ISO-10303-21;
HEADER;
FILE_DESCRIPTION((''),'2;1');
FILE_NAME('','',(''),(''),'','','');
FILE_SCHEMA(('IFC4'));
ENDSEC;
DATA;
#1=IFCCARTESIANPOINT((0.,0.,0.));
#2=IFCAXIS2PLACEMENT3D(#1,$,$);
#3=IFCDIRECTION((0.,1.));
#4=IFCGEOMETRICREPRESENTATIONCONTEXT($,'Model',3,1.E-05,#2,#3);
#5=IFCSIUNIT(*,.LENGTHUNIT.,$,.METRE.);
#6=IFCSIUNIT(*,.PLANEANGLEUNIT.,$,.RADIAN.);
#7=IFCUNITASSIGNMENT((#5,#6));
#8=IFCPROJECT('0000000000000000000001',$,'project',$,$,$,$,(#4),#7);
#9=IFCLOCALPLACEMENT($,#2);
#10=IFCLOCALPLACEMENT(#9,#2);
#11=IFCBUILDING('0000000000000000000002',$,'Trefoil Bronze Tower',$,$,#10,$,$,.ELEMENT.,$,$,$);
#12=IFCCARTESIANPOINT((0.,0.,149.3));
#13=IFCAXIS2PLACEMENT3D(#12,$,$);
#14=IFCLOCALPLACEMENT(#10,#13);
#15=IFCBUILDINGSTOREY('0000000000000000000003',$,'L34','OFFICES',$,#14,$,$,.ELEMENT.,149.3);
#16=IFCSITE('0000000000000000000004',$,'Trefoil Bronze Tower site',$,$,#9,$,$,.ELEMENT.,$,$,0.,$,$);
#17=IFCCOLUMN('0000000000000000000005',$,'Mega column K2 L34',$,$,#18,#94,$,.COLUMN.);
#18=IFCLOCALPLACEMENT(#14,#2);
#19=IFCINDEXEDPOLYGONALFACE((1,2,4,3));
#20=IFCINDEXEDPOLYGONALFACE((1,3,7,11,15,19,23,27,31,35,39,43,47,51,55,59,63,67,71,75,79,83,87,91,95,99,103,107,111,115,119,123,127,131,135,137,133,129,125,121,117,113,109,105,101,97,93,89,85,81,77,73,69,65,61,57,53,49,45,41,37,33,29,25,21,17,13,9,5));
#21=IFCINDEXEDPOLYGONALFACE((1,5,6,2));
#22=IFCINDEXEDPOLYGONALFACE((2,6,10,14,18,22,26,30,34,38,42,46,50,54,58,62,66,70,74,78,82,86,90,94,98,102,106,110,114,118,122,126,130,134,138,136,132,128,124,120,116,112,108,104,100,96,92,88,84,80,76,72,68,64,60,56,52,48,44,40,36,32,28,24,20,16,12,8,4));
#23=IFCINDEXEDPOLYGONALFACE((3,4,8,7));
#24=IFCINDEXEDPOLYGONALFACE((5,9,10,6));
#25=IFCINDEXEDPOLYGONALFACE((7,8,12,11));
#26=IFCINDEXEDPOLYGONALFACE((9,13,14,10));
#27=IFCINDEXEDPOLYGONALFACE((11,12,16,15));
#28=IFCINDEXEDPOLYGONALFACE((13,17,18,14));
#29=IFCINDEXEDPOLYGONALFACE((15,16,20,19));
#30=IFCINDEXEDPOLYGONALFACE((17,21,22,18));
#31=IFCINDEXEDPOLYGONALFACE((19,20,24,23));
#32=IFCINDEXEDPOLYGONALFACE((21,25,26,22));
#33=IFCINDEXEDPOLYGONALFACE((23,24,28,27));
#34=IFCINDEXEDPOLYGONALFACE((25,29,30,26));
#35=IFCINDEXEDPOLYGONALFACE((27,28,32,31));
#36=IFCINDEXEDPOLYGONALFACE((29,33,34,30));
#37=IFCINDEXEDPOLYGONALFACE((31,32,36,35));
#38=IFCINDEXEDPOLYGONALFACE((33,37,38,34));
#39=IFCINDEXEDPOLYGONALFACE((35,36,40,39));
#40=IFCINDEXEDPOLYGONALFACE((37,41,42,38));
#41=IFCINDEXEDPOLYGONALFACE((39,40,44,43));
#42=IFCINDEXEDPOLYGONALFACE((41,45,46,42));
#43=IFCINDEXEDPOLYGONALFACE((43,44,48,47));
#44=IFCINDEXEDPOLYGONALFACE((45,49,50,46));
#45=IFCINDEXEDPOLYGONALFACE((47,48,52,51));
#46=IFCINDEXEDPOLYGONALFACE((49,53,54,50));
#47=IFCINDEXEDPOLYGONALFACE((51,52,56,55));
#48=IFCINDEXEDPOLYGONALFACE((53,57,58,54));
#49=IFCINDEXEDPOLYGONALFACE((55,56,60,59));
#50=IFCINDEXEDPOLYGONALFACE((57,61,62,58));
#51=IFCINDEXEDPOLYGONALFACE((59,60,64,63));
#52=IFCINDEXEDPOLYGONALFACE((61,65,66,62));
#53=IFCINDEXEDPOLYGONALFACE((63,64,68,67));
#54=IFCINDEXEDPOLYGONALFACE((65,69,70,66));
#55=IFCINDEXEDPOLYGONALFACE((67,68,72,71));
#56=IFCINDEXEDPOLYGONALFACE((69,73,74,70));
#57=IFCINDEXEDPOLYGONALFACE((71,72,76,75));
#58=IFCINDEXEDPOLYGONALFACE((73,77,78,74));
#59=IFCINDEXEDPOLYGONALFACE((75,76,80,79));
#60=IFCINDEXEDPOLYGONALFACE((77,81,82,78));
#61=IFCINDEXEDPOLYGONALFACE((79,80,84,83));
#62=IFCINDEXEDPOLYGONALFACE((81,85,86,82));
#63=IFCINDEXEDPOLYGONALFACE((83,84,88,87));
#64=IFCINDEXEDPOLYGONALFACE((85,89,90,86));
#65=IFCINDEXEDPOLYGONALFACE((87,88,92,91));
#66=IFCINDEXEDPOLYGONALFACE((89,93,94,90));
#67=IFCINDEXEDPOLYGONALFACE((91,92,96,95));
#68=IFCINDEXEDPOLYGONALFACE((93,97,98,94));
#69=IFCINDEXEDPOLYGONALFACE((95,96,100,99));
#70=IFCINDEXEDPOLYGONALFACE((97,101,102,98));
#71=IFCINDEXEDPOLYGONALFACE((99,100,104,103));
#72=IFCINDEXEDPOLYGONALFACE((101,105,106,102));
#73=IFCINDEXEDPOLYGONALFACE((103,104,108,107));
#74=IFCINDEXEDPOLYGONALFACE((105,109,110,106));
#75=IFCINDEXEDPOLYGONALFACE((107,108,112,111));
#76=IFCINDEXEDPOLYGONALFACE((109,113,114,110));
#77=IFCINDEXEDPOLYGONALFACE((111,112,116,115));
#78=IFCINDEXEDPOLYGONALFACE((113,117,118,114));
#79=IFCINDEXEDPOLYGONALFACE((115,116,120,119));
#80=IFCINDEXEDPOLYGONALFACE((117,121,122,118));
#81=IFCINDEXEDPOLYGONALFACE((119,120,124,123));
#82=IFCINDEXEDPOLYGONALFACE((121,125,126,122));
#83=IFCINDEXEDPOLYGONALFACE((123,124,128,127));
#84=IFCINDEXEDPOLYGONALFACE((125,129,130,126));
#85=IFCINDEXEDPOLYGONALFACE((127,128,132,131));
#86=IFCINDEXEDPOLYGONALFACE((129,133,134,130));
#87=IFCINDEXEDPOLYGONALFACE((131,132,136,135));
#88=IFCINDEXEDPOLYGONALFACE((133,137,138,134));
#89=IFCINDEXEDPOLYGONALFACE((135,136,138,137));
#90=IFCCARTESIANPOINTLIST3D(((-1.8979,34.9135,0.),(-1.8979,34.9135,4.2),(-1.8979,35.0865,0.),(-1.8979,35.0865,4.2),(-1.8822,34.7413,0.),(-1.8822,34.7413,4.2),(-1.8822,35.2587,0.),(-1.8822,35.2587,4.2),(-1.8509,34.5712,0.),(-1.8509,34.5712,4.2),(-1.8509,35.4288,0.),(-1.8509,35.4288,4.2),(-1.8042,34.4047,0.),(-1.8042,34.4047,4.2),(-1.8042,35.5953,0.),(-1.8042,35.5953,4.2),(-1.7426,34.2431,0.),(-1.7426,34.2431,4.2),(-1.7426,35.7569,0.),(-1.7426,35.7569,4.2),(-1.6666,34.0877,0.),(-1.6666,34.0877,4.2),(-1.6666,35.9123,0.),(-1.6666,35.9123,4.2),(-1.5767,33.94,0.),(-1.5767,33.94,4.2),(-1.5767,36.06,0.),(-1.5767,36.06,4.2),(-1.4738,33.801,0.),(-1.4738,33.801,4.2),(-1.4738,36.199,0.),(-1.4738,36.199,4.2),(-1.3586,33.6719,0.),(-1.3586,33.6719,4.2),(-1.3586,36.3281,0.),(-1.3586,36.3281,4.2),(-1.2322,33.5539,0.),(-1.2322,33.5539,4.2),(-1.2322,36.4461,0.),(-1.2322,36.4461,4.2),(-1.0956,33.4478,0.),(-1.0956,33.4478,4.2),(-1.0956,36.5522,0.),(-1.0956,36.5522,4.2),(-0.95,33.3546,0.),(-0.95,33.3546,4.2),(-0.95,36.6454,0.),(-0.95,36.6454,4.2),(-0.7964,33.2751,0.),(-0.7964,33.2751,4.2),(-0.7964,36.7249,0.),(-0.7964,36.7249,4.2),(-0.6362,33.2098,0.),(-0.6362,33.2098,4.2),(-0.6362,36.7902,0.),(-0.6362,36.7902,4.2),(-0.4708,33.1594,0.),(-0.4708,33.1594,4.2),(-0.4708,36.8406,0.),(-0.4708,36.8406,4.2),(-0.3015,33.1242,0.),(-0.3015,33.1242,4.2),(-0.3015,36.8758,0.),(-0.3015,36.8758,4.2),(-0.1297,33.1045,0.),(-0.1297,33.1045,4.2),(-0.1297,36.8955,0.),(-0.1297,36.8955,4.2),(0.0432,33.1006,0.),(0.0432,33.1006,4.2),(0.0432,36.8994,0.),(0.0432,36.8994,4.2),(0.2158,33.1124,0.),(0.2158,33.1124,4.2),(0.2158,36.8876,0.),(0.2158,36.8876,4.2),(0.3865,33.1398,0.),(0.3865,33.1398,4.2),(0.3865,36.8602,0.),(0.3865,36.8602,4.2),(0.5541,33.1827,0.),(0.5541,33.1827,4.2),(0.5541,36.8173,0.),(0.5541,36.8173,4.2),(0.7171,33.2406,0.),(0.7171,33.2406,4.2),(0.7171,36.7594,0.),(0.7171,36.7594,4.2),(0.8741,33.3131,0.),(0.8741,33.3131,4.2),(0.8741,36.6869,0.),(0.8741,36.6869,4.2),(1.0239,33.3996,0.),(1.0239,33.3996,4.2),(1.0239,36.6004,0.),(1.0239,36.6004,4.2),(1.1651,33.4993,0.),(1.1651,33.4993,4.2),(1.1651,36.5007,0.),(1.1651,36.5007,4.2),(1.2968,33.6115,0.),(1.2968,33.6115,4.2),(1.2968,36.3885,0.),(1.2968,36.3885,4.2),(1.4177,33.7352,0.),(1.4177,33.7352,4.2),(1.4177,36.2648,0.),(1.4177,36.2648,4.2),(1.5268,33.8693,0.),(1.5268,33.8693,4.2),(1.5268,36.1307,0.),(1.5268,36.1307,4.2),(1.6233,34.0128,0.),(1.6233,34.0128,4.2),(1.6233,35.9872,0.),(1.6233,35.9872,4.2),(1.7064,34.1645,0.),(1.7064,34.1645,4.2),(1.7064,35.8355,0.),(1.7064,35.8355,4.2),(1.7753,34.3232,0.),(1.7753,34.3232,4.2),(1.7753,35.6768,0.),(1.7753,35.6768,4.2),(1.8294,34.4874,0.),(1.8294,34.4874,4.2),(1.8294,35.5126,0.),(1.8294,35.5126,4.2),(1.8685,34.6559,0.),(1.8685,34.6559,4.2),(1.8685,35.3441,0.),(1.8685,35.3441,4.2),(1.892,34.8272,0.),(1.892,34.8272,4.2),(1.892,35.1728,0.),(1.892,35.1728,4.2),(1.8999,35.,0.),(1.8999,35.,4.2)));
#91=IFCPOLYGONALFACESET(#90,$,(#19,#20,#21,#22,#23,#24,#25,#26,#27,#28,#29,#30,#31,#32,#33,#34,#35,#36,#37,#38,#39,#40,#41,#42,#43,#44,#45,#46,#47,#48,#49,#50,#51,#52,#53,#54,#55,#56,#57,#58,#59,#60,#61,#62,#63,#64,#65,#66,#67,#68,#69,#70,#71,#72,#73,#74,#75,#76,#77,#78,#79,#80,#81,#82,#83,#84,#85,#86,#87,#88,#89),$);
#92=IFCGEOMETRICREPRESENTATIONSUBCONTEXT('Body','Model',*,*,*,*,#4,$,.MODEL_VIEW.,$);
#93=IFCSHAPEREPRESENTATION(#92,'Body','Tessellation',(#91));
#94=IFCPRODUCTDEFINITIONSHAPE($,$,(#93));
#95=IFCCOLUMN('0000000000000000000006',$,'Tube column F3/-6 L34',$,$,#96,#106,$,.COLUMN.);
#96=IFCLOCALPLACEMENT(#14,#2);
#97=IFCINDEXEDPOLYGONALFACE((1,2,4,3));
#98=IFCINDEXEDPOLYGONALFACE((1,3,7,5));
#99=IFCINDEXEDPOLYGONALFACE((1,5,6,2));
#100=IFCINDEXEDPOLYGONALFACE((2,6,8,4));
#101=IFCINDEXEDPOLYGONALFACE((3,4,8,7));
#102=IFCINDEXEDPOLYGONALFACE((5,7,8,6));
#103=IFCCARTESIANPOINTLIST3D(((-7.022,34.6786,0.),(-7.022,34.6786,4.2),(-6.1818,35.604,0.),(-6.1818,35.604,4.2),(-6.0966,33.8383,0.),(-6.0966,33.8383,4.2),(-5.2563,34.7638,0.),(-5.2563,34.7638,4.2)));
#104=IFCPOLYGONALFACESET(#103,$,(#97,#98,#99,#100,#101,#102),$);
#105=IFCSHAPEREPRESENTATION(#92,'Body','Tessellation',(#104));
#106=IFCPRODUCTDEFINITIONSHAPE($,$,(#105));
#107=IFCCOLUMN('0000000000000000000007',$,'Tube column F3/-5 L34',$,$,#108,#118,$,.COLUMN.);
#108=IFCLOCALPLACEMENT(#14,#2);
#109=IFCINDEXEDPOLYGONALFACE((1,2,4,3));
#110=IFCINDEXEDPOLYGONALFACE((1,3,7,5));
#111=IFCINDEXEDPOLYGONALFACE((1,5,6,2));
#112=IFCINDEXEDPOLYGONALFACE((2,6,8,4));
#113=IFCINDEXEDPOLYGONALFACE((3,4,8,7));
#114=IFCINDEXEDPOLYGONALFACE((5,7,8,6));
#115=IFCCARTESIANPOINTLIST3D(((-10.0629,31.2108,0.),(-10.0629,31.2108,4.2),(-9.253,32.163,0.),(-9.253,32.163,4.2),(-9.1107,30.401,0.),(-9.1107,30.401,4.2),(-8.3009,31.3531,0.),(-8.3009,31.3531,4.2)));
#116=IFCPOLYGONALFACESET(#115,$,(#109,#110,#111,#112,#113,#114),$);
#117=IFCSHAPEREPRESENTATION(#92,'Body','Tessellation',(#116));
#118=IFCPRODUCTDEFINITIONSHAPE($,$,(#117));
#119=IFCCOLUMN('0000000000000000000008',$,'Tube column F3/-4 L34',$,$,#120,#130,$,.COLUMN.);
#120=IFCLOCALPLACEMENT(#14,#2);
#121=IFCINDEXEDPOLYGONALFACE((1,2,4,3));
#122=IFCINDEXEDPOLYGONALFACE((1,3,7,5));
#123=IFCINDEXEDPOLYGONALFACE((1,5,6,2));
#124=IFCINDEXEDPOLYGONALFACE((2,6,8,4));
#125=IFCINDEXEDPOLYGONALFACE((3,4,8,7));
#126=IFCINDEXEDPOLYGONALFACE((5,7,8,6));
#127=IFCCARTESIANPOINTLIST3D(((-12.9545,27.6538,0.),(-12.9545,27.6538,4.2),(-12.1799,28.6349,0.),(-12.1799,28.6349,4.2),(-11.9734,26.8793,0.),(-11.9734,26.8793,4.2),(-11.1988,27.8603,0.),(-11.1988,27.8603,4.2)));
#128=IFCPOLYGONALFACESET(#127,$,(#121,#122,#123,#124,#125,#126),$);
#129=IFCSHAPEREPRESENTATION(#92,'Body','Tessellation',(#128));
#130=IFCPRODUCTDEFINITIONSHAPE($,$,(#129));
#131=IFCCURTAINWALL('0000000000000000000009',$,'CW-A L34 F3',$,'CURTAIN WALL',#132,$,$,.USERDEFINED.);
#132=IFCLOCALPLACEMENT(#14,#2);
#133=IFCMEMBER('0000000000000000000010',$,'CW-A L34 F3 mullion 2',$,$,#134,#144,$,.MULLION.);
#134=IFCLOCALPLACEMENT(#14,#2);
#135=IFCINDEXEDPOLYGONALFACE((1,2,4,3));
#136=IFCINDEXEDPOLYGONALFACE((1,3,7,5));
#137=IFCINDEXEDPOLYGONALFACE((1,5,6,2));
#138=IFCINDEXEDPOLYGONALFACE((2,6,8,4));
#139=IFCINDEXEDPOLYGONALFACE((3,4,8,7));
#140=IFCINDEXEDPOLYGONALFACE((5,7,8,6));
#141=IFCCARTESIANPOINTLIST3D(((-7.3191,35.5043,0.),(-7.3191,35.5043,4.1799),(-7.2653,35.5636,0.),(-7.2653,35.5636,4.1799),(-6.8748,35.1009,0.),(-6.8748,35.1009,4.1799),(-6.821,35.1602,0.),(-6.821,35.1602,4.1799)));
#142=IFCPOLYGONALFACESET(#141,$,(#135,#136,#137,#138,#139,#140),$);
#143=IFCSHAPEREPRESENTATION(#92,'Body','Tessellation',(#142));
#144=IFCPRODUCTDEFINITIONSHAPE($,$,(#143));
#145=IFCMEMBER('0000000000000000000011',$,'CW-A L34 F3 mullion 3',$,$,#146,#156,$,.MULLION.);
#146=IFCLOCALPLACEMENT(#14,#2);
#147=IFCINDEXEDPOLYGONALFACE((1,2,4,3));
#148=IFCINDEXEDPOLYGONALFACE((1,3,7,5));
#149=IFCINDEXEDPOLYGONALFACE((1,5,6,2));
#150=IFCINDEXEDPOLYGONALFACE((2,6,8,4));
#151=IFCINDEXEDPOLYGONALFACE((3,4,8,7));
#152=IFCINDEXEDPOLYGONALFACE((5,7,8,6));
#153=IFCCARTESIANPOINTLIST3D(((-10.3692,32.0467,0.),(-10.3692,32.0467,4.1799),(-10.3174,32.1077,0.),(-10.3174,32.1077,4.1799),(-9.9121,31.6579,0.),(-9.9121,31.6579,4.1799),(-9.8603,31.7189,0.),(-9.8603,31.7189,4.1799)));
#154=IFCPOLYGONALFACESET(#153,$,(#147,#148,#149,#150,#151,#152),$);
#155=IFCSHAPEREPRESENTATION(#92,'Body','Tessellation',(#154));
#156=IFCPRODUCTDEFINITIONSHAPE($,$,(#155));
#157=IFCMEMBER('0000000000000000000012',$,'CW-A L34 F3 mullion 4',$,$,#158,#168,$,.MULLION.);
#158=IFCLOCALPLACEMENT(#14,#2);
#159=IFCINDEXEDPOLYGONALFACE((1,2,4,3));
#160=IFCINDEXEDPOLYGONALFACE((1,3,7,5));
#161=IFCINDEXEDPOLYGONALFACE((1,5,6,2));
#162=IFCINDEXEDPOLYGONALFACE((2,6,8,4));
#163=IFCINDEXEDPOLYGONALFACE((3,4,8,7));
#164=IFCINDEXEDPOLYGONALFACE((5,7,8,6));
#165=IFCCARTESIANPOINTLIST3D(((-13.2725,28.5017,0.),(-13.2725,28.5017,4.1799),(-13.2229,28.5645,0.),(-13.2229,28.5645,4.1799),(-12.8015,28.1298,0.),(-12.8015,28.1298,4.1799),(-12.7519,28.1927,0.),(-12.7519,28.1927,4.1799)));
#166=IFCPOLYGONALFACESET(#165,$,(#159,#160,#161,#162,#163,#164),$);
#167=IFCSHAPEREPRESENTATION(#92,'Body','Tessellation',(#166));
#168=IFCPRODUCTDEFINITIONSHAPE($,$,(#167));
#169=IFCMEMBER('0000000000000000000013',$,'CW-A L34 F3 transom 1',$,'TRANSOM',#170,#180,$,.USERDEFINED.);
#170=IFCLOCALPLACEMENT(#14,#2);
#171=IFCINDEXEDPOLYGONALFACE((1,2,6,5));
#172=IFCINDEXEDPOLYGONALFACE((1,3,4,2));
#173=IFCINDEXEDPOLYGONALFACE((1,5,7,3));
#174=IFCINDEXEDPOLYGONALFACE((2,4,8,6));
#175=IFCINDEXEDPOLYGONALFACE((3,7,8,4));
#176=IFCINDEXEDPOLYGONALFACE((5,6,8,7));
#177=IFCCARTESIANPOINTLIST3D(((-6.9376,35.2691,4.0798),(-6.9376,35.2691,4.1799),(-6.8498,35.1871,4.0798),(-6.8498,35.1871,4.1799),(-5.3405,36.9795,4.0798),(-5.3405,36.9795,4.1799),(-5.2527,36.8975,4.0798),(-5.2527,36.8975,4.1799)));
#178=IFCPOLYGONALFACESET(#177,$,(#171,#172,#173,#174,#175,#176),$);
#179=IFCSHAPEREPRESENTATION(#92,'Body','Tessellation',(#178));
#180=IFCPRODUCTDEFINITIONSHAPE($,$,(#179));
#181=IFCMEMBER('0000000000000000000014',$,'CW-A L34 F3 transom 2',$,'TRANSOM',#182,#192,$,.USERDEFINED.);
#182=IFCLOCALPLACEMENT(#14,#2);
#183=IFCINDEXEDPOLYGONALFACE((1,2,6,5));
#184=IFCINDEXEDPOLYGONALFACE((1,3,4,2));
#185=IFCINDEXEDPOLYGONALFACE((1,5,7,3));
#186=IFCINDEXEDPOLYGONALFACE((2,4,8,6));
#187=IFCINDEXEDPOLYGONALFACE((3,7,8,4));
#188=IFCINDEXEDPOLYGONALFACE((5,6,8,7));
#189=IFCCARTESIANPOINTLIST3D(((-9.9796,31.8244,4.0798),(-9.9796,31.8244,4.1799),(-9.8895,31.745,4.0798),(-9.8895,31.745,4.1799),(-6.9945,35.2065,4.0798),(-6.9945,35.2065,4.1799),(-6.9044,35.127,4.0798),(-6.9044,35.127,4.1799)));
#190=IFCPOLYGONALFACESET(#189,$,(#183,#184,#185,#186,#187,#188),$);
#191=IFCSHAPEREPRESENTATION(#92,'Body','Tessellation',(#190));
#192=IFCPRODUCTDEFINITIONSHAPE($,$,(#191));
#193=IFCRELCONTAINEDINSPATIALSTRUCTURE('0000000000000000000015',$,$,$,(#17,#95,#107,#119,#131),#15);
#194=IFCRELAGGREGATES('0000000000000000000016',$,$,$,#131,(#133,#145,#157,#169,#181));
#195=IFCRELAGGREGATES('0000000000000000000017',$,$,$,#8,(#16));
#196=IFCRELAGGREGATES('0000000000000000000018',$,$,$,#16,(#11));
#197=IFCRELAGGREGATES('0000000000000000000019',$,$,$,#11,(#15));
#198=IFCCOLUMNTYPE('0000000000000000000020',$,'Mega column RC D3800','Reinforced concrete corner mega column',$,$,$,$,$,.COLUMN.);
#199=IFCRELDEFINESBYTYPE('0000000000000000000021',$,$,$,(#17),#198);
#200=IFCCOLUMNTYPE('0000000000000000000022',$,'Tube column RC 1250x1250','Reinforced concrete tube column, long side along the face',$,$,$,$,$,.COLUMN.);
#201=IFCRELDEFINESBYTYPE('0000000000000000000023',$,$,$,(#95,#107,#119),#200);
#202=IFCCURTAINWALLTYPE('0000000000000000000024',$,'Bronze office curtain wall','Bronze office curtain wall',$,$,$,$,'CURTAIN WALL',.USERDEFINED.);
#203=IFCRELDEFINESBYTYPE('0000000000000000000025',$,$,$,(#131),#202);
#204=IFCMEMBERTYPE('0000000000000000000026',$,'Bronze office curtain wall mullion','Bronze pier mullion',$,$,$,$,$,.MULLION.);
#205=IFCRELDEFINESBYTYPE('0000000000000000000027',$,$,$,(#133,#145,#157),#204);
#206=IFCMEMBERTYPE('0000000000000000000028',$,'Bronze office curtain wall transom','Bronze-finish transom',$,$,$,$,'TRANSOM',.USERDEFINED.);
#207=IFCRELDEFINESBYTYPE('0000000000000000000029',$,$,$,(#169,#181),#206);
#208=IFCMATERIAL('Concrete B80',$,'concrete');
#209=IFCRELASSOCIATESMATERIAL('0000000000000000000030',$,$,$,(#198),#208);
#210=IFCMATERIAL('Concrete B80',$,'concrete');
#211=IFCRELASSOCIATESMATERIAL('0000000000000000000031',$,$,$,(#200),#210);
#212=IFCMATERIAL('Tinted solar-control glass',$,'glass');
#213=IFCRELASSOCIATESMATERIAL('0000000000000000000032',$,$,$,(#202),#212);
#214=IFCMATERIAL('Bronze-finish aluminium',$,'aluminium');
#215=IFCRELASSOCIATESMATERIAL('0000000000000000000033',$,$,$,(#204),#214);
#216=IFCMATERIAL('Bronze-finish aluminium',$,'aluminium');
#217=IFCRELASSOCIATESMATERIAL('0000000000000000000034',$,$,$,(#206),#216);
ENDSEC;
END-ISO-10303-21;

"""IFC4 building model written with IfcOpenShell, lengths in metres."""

from ifc_helpers import new_model, si_unit, direction, frame, origin, origin_2d, place, context, subcontext, project, spatial, rectangle, circle, extrude, material, material_profile, profile_set, type_object, element, aggregate, save


model = new_model("IFC4")

# Units and contexts
model_context = context("Model", 3, precision=1e-05, world=origin(), true_north=direction((0.0, 1.0)))
body_context = subcontext(model_context, "Body", "Model", "MODEL_VIEW")
ifc_project = project(units=[si_unit("LENGTHUNIT", "METRE"), si_unit("PLANEANGLEUNIT", "RADIAN")], contexts=[model_context])

# Site, building, storey
site_placement = place(None, origin())
site = spatial("IfcSite", under=ifc_project, at=site_placement, Name="Trefoil Bronze Tower site", CompositionType="ELEMENT", RefElevation=0.0)
building_placement = place(site_placement, origin())
building = spatial("IfcBuilding", under=site, at=building_placement, Name="Trefoil Bronze Tower", CompositionType="ELEMENT")
storey_placement = place(building_placement, frame((0.0, 0.0, 149.3)))
storey = spatial("IfcBuildingStorey", under=building, at=storey_placement, Name="L34", Description="OFFICES", CompositionType="ELEMENT", Elevation=149.3)

# Columns
ifc_material_1 = material(Name="Concrete B80", Category="concrete")
ifc_material_profile_1 = material_profile(ifc_material_1, circle(Radius=1.8999, at=origin_2d()), Name="RC D3800")
ifc_profile_set_1 = profile_set([ifc_material_profile_1], Name="Concrete B80")
column_type_1 = type_object("IfcColumnType", Name="Mega column RC D3800", Description="Reinforced concrete corner mega column", PredefinedType="COLUMN", material=ifc_profile_set_1)
column_placement = place(storey_placement, frame((0.0, 35.0, 0.0), z_axis=(0.0, 0.0, 1.0), x_axis=(1.0, 0.0, 0.0)))
element("IfcColumn", 1, at=column_placement, inside=storey, type_object=column_type_1, Name="Mega column K2 L34", PredefinedType="COLUMN", context=body_context, shape_type="SweptSolid", body=[
    extrude(circle(Radius=1.8999, at=origin_2d()), origin(), (0.0, 0.0, 1.0), 4.2),
])
ifc_material_2 = material(Name="Concrete B80", Category="concrete")
ifc_material_profile_2 = material_profile(ifc_material_2, rectangle(XDim=1.25, YDim=1.25, at=origin_2d()), Name="RC 1250x1250")
ifc_profile_set_2 = profile_set([ifc_material_profile_2], Name="Concrete B80")
column_type_2 = type_object("IfcColumnType", Name="Tube column RC 1250x1250", Description="Reinforced concrete tube column, long side along the face", PredefinedType="COLUMN", material=ifc_profile_set_2)
for number, where, z_axis, x_axis, name in (
    (2, (-6.1392, 34.7212, 0.0), (0.0, 0.0, 1.0), (-0.67221, -0.740361, 0.0), "Tube column F3/-6 L34"),
    (3, (-9.1819, 31.282, 0.0), (0.0, 0.0, 1.0), (-0.647904, -0.761722, 0.0), "Tube column F3/-5 L34"),
    (4, (-12.0767, 27.7571, 0.0), (0.0, 0.0, 1.0), (-0.619649, -0.784879, 0.0), "Tube column F3/-4 L34"),
):
    element("IfcColumn", number, at=place(storey_placement, frame(where, z_axis=z_axis, x_axis=x_axis)), inside=storey, type_object=column_type_2, Name=name, PredefinedType="COLUMN", context=body_context, shape_type="SweptSolid", body=[
        extrude(rectangle(XDim=1.25, YDim=1.25, at=origin_2d()), origin(), (0.0, 0.0, 1.0), 4.2),
    ])

# Curtain wall, members
ifc_material_3 = material(Name="Tinted solar-control glass", Category="glass")
curtain_wall_type_1 = type_object("IfcCurtainWallType", Name="Bronze office curtain wall", Description="Bronze office curtain wall", ElementType="CURTAIN WALL", PredefinedType="USERDEFINED", material=ifc_material_3)
curtain_wall_1_placement = place(storey_placement, origin())
curtain_wall_1 = element("IfcCurtainWall", 5, at=curtain_wall_1_placement, inside=storey, type_object=curtain_wall_type_1, Name="CW-A L34 F3", ObjectType="CURTAIN WALL", PredefinedType="USERDEFINED")
ifc_material_4 = material(Name="Bronze-finish aluminium", Category="aluminium")
ifc_material_profile_3 = material_profile(ifc_material_4, rectangle(XDim=0.6001, YDim=0.0801, at=origin_2d()), Name="CW-A mullion")
ifc_profile_set_3 = profile_set([ifc_material_profile_3], Name="Bronze-finish aluminium")
member_type_1 = type_object("IfcMemberType", Name="Bronze office curtain wall mullion", Description="Bronze pier mullion", PredefinedType="MULLION", material=ifc_profile_set_3)
member_1_placement = place(storey_placement, frame((-7.0701, 35.3323, 0.0), z_axis=(0.0, 0.0, 1.0), x_axis=(0.740361, -0.67221, 0.0)))
member_1 = element("IfcMember", 6, at=member_1_placement, type_object=member_type_1, Name="CW-A L34 F3 mullion 2", PredefinedType="MULLION", context=body_context, shape_type="SweptSolid", body=[
    extrude(rectangle(XDim=0.6001, YDim=0.0801, at=origin_2d()), origin(), (0.0, 0.0, 1.0), 4.1799),
])
member_2_placement = place(storey_placement, frame((-10.1147, 31.8828, 0.0), z_axis=(0.0, 0.0, 1.0), x_axis=(0.761722, -0.647904, 0.0)))
member_2 = element("IfcMember", 7, at=member_2_placement, type_object=member_type_1, Name="CW-A L34 F3 mullion 3", PredefinedType="MULLION", context=body_context, shape_type="SweptSolid", body=[
    extrude(rectangle(XDim=0.6001, YDim=0.0801, at=origin_2d()), origin(), (0.0, 0.0, 1.0), 4.1799),
])
member_3_placement = place(storey_placement, frame((-13.0122, 28.3472, 0.0), z_axis=(0.0, 0.0, 1.0), x_axis=(0.784879, -0.619649, 0.0)))
member_3 = element("IfcMember", 8, at=member_3_placement, type_object=member_type_1, Name="CW-A L34 F3 mullion 4", PredefinedType="MULLION", context=body_context, shape_type="SweptSolid", body=[
    extrude(rectangle(XDim=0.6001, YDim=0.0801, at=origin_2d()), origin(), (0.0, 0.0, 1.0), 4.1799),
])
ifc_material_5 = material(Name="Bronze-finish aluminium", Category="aluminium")
ifc_material_profile_4 = material_profile(ifc_material_5, rectangle(XDim=0.1201, YDim=0.1001, at=origin_2d()), Name="CW-A transom")
ifc_profile_set_4 = profile_set([ifc_material_profile_4], Name="Bronze-finish aluminium")
member_type_2 = type_object("IfcMemberType", Name="Bronze office curtain wall transom", Description="Bronze-finish transom", ElementType="TRANSOM", PredefinedType="USERDEFINED", material=ifc_profile_set_4)
member_4_placement = place(storey_placement, frame((-5.2966, 36.9385, 4.1299), z_axis=(-0.682489, -0.730896, 0.0), x_axis=(0.730896, -0.682489, 0.0)))
member_4 = element("IfcMember", 9, at=member_4_placement, type_object=member_type_2, Name="CW-A L34 F3 transom 1", ObjectType="TRANSOM", PredefinedType="USERDEFINED", context=body_context, shape_type="SweptSolid", body=[
    extrude(rectangle(XDim=0.1201, YDim=0.1001, at=origin_2d()), origin(), (0.0, 0.0, 1.0), 2.3401),
])
member_5_placement = place(storey_placement, frame((-6.9495, 35.1667, 4.1299), z_axis=(-0.661736, -0.749737, 0.0), x_axis=(0.749737, -0.661736, 0.0)))
member_5 = element("IfcMember", 10, at=member_5_placement, type_object=member_type_2, Name="CW-A L34 F3 transom 2", ObjectType="TRANSOM", PredefinedType="USERDEFINED", context=body_context, shape_type="SweptSolid", body=[
    extrude(rectangle(XDim=0.1201, YDim=0.1001, at=origin_2d()), origin(), (0.0, 0.0, 1.0), 4.511),
])

aggregate(curtain_wall_1, [member_1, member_2, member_3, member_4, member_5])

save(model, "model.ifc")
